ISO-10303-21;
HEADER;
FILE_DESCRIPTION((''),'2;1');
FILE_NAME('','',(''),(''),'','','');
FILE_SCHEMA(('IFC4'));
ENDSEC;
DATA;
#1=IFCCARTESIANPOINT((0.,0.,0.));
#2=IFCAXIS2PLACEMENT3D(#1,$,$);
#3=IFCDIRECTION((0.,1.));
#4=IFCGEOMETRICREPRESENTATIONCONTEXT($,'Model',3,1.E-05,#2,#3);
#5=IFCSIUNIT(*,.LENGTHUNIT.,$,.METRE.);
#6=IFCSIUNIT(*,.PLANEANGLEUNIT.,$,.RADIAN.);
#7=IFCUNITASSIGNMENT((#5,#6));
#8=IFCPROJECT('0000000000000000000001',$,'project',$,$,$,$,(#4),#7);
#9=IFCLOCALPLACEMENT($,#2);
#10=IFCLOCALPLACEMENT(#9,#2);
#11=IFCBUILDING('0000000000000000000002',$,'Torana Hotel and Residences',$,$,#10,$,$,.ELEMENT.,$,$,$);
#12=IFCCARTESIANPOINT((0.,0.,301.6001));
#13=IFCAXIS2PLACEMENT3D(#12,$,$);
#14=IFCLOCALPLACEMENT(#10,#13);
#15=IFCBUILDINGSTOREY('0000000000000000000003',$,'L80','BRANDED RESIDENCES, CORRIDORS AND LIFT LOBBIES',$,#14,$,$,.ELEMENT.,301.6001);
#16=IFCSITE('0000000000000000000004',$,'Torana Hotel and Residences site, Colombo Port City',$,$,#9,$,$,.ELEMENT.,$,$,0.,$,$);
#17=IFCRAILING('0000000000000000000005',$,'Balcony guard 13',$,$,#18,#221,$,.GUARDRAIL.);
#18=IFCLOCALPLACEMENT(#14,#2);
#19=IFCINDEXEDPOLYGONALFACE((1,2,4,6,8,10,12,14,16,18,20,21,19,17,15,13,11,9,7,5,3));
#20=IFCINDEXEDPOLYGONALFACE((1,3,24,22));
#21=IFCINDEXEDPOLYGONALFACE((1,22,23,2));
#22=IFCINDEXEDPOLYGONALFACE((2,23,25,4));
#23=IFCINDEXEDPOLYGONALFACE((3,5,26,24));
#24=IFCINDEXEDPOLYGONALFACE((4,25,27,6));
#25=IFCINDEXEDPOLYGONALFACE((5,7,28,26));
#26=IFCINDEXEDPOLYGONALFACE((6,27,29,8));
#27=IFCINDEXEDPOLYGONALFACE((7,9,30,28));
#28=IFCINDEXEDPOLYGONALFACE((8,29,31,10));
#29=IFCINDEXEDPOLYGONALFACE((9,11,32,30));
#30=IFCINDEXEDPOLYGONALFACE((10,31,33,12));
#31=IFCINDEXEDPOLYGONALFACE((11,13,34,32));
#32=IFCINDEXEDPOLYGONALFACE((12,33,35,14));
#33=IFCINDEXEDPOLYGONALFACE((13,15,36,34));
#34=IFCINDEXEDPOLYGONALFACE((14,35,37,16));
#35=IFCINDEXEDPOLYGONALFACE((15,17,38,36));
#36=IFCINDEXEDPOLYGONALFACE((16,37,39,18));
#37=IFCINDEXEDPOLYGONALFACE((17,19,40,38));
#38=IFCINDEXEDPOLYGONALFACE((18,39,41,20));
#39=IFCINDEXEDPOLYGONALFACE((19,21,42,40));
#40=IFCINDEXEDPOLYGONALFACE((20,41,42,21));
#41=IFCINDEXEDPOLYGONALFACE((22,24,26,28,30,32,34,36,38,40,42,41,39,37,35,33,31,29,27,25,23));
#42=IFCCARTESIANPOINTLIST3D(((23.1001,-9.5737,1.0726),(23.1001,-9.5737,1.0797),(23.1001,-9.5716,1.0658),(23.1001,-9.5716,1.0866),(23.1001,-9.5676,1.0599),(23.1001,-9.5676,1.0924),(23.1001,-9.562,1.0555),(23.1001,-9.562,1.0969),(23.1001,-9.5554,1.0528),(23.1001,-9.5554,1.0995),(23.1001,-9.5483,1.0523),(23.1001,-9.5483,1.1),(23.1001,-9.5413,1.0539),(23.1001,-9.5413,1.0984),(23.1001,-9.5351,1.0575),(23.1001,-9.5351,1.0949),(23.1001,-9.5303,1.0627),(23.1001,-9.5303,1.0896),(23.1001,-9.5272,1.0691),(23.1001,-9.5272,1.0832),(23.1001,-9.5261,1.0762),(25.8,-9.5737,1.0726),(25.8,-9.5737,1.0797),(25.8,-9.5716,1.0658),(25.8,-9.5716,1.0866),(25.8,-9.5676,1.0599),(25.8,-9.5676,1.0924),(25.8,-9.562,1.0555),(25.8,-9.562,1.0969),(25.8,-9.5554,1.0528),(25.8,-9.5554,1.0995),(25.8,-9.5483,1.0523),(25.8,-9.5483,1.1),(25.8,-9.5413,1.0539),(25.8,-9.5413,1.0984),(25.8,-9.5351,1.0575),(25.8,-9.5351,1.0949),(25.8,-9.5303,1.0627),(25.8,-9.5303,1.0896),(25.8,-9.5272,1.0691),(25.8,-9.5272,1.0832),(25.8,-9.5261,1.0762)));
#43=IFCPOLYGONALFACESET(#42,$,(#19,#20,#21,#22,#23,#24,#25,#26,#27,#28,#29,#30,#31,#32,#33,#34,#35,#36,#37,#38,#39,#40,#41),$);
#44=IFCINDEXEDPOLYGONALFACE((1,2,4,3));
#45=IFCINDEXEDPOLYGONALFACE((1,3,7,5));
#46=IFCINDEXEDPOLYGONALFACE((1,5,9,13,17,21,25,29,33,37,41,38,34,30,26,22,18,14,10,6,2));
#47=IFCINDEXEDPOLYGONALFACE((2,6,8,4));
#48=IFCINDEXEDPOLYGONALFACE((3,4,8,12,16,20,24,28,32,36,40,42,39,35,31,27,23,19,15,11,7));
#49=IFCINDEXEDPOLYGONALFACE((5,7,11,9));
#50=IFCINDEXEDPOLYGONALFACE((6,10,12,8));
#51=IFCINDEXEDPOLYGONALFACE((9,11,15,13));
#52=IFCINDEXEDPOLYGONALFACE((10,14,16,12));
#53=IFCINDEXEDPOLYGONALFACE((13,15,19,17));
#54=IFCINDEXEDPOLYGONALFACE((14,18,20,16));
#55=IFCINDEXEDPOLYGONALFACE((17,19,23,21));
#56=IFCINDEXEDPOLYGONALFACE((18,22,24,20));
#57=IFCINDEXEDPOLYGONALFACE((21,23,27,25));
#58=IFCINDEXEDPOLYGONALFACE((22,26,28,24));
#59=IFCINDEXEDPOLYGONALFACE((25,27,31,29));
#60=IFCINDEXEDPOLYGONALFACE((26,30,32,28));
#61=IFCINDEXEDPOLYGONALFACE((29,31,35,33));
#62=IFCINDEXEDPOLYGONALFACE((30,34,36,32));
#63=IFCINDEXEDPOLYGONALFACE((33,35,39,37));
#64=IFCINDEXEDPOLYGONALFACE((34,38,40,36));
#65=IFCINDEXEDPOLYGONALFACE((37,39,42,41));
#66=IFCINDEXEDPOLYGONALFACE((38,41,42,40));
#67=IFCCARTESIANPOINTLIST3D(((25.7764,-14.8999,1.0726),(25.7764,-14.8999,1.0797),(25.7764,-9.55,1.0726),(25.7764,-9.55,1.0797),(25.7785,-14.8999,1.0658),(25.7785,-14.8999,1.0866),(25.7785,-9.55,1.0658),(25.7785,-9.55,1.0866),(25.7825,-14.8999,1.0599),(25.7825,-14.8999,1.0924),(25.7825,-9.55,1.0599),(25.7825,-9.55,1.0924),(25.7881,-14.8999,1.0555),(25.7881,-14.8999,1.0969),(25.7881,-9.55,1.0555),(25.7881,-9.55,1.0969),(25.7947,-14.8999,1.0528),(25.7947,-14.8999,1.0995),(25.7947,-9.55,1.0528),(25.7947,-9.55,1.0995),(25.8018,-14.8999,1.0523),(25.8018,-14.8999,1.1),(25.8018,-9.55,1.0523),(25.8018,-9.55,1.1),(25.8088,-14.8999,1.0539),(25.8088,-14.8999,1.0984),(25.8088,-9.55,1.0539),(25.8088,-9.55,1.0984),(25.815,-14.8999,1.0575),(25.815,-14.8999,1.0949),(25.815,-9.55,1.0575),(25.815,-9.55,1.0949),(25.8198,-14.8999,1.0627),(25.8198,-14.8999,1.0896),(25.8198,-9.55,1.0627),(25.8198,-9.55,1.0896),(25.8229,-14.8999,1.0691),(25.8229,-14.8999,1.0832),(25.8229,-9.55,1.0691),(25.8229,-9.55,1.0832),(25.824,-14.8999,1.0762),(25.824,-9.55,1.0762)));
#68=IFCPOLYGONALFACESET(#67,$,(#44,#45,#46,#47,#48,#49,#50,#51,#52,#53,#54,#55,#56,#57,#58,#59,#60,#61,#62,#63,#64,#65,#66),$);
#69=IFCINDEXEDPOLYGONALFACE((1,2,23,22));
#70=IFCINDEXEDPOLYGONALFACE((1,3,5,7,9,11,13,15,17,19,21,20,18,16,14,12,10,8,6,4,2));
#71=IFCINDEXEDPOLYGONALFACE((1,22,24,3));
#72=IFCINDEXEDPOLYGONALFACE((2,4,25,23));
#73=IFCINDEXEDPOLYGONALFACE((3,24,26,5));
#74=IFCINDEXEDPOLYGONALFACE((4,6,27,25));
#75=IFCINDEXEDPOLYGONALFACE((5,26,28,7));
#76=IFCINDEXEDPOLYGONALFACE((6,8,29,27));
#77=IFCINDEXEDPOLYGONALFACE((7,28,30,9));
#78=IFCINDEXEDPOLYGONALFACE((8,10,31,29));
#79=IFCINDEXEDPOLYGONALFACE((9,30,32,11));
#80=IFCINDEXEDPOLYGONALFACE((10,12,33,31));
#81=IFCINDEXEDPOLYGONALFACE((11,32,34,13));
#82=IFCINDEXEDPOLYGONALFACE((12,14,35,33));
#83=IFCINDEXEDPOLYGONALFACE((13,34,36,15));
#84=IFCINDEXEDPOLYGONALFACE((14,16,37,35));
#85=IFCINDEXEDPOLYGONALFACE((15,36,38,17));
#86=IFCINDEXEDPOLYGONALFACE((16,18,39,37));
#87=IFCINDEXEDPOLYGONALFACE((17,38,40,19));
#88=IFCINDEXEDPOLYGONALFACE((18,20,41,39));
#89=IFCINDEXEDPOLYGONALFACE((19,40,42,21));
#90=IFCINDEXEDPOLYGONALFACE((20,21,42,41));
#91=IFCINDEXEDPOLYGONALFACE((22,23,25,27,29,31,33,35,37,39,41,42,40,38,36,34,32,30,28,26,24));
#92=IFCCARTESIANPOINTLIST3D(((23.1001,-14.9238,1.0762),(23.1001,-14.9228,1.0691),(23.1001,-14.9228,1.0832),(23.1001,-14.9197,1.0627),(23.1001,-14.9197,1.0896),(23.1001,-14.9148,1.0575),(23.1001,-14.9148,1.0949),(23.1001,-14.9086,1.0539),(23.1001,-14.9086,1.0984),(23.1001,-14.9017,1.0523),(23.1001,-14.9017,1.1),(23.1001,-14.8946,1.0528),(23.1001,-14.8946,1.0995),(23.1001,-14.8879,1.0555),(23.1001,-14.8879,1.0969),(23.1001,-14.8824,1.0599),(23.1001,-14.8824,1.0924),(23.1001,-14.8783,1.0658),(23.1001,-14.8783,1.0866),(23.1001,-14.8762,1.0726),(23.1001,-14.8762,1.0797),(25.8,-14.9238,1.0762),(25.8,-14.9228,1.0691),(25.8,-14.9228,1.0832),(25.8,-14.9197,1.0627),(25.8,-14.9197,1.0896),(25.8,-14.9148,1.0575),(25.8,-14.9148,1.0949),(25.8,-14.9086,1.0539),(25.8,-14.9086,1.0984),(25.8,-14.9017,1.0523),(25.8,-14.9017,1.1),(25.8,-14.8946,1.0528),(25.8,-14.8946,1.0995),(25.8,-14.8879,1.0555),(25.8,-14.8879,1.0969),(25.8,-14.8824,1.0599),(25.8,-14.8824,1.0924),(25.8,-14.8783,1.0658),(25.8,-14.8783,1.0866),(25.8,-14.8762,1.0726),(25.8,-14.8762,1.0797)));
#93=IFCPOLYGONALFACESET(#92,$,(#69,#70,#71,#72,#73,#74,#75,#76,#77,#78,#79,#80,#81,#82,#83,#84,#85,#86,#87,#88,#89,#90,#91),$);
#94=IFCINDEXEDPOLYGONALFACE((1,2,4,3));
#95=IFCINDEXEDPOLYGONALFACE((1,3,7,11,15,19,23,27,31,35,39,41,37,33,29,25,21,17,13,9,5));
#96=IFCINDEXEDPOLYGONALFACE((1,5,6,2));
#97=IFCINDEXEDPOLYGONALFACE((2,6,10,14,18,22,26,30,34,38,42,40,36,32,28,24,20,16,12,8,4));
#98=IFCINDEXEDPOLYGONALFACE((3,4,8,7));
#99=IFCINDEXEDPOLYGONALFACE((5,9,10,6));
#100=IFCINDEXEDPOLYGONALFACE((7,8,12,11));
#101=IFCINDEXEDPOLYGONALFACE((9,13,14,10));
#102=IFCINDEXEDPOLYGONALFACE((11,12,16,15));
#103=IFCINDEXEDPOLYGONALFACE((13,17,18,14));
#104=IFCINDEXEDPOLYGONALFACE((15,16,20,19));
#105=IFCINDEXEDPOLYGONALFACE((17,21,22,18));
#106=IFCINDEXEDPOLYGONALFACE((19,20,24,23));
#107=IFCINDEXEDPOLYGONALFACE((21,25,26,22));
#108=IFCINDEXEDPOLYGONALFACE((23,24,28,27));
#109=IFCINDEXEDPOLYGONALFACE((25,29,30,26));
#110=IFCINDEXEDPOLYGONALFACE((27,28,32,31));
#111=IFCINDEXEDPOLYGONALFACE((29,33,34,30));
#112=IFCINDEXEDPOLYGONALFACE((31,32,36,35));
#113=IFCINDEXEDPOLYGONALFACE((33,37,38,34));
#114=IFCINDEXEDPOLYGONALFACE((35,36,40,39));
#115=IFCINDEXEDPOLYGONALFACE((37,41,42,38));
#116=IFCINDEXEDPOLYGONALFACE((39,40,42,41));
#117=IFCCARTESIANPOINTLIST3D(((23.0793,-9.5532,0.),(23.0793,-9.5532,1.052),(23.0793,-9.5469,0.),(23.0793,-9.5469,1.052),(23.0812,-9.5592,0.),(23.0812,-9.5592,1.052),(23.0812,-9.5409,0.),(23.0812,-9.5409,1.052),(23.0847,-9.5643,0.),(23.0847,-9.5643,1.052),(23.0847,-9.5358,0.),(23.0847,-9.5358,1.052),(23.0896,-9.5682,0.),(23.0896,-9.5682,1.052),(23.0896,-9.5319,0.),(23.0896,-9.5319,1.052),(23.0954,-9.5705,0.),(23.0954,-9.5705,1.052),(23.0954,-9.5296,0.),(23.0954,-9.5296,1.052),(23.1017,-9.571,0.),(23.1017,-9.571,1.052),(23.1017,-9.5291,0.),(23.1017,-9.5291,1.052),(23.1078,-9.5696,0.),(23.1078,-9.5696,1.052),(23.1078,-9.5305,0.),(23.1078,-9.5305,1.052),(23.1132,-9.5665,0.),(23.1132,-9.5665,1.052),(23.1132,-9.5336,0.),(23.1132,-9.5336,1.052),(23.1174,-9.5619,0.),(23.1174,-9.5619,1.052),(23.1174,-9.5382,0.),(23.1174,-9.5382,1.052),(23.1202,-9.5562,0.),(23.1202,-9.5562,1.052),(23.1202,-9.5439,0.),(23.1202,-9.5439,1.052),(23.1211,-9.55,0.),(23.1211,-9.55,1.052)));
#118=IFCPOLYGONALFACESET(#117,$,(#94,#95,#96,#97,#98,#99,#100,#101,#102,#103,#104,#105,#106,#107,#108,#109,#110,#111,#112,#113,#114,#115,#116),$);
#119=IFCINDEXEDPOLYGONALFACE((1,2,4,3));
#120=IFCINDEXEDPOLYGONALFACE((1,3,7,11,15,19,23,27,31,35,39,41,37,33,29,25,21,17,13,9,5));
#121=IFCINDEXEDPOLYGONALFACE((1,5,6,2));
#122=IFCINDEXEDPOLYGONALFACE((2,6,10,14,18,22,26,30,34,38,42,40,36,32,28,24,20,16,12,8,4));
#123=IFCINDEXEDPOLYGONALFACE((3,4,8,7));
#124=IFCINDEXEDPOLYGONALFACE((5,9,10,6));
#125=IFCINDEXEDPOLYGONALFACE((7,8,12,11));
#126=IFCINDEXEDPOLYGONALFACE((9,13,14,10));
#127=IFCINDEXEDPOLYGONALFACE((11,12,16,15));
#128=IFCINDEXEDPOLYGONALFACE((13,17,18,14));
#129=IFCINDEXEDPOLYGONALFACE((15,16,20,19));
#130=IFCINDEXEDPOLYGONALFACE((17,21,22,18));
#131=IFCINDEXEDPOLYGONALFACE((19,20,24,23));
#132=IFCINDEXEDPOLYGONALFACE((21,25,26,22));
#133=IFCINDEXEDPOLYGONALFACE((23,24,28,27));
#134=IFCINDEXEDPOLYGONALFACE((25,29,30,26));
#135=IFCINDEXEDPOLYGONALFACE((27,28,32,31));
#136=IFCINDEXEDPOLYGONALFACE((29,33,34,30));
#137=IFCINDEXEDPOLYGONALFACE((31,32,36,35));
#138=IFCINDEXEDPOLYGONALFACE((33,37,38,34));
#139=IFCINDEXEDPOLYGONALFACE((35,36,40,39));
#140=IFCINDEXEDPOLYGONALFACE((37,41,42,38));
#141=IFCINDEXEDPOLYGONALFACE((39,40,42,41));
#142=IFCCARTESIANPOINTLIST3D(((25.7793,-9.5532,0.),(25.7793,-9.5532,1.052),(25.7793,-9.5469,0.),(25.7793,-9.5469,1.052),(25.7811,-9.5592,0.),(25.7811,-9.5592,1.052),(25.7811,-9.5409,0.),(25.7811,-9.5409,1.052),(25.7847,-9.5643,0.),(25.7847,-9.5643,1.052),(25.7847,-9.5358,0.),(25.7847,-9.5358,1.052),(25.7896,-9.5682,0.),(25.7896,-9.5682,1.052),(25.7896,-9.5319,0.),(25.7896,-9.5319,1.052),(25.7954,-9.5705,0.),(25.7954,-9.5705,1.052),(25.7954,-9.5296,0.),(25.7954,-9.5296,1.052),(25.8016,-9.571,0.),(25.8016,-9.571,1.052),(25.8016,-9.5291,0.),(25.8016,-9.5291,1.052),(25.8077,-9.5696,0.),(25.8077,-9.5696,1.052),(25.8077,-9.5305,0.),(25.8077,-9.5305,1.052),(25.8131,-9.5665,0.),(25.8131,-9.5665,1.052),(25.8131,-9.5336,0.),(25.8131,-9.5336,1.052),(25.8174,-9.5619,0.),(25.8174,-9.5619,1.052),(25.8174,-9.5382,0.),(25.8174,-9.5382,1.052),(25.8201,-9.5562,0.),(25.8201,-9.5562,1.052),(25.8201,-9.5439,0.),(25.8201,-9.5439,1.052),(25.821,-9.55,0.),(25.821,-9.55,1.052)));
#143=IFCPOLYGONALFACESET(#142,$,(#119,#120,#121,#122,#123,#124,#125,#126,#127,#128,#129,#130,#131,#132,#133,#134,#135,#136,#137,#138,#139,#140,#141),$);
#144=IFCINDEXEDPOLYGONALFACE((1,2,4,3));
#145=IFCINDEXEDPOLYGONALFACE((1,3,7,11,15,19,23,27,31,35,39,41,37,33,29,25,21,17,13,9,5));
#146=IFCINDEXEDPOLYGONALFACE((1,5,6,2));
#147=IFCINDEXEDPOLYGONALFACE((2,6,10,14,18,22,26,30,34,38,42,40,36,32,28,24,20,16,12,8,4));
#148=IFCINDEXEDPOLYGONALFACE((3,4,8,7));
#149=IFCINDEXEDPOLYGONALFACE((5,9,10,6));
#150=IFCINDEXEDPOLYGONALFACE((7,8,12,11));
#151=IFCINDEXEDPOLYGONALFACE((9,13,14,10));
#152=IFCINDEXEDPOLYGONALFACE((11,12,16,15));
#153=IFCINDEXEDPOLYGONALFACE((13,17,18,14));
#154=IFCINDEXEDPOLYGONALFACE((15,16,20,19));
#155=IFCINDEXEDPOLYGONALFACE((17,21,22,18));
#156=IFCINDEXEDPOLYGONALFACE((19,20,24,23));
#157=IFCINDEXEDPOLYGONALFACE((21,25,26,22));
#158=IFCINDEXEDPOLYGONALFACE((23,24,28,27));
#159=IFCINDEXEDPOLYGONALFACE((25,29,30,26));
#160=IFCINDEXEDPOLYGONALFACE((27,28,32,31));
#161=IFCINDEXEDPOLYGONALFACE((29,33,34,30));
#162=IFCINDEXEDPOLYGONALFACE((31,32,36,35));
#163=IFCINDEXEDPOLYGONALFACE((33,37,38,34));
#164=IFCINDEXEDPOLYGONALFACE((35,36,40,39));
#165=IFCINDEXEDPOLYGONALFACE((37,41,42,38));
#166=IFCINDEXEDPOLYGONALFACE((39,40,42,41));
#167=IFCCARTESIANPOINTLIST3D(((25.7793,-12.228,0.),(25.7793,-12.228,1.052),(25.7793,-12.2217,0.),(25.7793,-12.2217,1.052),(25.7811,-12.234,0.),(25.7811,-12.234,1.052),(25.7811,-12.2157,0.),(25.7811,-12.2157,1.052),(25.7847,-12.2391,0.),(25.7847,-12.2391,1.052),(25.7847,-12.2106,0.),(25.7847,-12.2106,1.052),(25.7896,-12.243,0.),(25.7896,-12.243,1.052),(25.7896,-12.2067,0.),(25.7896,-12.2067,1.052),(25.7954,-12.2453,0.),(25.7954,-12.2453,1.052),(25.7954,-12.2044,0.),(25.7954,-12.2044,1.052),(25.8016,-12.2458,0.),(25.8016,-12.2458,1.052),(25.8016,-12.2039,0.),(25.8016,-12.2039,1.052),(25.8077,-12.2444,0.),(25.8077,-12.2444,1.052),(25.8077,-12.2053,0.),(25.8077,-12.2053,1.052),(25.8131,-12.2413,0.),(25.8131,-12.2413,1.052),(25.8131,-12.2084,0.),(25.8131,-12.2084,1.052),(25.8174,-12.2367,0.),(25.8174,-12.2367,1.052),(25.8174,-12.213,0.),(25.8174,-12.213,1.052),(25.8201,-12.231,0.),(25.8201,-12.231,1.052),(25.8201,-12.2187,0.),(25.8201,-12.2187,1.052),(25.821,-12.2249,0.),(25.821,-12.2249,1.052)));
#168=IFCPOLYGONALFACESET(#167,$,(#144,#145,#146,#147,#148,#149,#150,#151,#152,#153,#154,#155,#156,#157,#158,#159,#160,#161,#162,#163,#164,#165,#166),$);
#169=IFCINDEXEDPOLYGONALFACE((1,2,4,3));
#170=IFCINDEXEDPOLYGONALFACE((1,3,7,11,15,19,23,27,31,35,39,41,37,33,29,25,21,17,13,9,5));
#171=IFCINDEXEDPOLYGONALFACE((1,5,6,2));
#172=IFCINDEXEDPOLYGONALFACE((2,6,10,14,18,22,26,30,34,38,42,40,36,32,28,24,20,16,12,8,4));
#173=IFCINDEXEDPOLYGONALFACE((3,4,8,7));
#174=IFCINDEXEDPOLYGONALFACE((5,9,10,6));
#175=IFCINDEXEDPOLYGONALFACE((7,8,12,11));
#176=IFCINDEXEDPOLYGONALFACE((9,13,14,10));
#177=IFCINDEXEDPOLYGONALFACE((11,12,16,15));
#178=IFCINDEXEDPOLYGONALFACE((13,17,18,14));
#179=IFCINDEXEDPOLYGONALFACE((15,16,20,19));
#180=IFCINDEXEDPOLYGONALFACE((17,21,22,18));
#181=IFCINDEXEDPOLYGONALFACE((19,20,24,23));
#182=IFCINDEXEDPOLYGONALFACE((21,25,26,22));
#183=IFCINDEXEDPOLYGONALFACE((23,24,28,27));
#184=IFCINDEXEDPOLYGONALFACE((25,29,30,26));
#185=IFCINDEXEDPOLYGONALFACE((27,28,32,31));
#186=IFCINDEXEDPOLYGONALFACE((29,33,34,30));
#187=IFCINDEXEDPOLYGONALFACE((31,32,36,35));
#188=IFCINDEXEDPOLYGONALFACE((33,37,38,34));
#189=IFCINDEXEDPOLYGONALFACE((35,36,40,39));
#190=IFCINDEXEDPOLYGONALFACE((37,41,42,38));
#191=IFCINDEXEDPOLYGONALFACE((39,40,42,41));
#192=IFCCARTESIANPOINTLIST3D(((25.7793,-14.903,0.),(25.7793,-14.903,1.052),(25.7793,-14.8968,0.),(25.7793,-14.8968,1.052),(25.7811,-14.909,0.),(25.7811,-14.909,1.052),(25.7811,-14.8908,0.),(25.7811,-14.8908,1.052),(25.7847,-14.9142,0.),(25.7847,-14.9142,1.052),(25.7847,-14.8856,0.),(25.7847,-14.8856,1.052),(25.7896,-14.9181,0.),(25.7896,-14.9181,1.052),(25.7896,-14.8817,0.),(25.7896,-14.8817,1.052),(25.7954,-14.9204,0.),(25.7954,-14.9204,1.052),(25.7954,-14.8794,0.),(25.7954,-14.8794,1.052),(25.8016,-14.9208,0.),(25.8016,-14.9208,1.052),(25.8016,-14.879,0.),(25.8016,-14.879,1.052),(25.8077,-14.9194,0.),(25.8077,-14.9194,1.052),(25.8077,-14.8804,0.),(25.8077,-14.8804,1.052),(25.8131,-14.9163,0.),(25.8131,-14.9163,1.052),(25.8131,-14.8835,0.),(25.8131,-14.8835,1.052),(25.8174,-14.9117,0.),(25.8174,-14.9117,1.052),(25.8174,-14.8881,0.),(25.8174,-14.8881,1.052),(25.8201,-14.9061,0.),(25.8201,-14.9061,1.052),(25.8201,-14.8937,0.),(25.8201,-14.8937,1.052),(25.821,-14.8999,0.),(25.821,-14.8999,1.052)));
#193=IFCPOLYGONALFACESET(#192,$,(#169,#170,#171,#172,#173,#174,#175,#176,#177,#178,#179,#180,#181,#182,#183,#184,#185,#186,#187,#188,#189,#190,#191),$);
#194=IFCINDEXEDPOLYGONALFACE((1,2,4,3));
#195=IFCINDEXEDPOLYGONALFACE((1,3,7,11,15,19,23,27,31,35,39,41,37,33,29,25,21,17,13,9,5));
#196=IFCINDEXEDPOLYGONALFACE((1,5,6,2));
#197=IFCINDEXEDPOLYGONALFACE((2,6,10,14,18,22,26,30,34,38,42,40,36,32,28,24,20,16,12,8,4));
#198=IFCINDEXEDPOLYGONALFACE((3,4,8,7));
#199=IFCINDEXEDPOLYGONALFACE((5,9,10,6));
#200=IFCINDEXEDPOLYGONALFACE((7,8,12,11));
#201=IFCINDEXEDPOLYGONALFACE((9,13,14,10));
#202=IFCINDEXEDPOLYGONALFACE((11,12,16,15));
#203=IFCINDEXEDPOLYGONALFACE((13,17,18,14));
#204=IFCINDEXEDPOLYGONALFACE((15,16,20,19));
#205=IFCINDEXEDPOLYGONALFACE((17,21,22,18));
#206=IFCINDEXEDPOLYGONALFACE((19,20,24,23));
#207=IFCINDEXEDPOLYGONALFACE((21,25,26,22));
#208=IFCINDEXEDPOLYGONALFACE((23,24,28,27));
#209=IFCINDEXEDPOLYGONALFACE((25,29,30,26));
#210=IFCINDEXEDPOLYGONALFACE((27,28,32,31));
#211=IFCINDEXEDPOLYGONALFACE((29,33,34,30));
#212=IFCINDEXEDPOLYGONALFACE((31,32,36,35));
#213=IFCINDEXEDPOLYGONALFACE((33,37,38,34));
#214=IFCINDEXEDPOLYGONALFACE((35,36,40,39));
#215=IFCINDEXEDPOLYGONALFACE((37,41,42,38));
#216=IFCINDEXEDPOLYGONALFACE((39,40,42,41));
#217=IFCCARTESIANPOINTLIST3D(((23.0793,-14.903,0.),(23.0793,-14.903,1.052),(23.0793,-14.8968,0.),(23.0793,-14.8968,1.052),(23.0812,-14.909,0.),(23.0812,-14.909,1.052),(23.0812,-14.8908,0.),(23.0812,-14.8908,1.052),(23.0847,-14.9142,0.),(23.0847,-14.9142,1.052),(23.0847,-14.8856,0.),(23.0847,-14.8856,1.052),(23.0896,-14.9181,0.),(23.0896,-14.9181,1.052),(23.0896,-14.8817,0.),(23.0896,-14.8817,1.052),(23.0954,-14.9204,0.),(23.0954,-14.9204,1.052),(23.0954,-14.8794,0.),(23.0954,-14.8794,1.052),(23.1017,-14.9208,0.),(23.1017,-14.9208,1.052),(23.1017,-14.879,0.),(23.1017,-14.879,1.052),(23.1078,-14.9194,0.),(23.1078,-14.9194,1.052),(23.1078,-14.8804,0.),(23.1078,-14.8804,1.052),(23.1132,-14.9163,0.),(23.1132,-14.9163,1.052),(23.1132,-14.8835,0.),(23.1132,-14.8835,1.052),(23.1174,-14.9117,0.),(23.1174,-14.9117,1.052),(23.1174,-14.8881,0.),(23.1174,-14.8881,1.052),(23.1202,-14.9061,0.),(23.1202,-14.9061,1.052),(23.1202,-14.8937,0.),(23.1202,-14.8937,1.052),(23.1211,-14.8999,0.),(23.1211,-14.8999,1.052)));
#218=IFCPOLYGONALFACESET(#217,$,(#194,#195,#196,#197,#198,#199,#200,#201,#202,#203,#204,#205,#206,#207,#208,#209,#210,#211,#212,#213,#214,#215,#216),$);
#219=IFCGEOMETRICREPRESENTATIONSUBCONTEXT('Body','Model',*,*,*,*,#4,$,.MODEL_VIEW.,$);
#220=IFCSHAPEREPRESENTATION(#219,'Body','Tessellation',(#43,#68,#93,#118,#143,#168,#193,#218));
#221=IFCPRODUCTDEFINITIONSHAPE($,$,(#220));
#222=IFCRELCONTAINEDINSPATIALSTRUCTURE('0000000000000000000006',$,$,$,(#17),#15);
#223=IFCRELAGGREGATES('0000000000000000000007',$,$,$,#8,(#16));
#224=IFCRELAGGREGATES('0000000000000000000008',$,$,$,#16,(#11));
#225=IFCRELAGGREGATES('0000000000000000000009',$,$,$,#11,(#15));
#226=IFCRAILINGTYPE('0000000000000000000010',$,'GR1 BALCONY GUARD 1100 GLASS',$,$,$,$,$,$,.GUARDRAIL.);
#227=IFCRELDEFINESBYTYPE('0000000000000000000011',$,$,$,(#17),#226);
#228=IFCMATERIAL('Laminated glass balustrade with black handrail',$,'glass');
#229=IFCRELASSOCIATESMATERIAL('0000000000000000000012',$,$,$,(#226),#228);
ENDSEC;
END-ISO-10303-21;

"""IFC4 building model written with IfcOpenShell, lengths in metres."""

from ifc_helpers import new_model, si_unit, direction, frame, origin, origin_2d, place, context, subcontext, project, spatial, circle, extrude, material, type_object, element, save


model = new_model("IFC4")

# Units and contexts
model_context = context("Model", 3, precision=1e-05, world=origin(), true_north=direction((0.0, 1.0)))
body_context = subcontext(model_context, "Body", "Model", "MODEL_VIEW")
ifc_project = project(units=[si_unit("LENGTHUNIT", "METRE"), si_unit("PLANEANGLEUNIT", "RADIAN")], contexts=[model_context])

# Site, building, storey
site_placement = place(None, origin())
site = spatial("IfcSite", under=ifc_project, at=site_placement, Name="Torana Hotel and Residences site, Colombo Port City", CompositionType="ELEMENT", RefElevation=0.0)
building_placement = place(site_placement, origin())
building = spatial("IfcBuilding", under=site, at=building_placement, Name="Torana Hotel and Residences", CompositionType="ELEMENT")
storey_placement = place(building_placement, frame((0.0, 0.0, 301.6001)))
storey = spatial("IfcBuildingStorey", under=building, at=storey_placement, Name="L80", Description="BRANDED RESIDENCES, CORRIDORS AND LIFT LOBBIES", CompositionType="ELEMENT", Elevation=301.6001)

# Railing
ifc_material_1 = material(Name="Laminated glass balustrade with black handrail", Category="glass")
railing_type_1 = type_object("IfcRailingType", Name="GR1 BALCONY GUARD 1100 GLASS", PredefinedType="GUARDRAIL", material=ifc_material_1)
railing_1_placement = place(storey_placement, frame((23.1001, -9.55, 0.0)))
element("IfcRailing", 1, at=railing_1_placement, inside=storey, type_object=railing_type_1, Name="Balcony guard 13", PredefinedType="GUARDRAIL", context=body_context, shape_type="SweptSolid", body=[
    extrude(circle(Radius=0.0239, at=origin_2d()), frame((0.0, 0.0, 1.0762), z_axis=(1.0, 0.0, 0.0), x_axis=(0.0, 1.0, 0.0)), (0.0, 0.0, 1.0), 2.7),
    extrude(circle(Radius=0.0239, at=origin_2d()), frame((2.7, 0.0, 1.0762), z_axis=(0.0, -1.0, 0.0), x_axis=(1.0, 0.0, 0.0)), (0.0, 0.0, 1.0), 5.3499),
    extrude(circle(Radius=0.0239, at=origin_2d()), frame((2.7, -5.3499, 1.0762), z_axis=(-1.0, 0.0, 0.0), x_axis=(0.0, -1.0, 0.0)), (0.0, 0.0, 1.0), 2.7),
    extrude(circle(Radius=0.021, at=origin_2d()), origin(), (0.0, 0.0, 1.0), 1.052),
    extrude(circle(Radius=0.021, at=origin_2d()), frame((2.7, 0.0, 0.0)), (0.0, 0.0, 1.0), 1.052),
    extrude(circle(Radius=0.021, at=origin_2d()), frame((2.7, -2.6748, 0.0)), (0.0, 0.0, 1.0), 1.052),
    extrude(circle(Radius=0.021, at=origin_2d()), frame((2.7, -5.3499, 0.0)), (0.0, 0.0, 1.0), 1.052),
    extrude(circle(Radius=0.021, at=origin_2d()), frame((0.0, -5.3499, 0.0)), (0.0, 0.0, 1.0), 1.052),
])

save(model, "model.ifc")
